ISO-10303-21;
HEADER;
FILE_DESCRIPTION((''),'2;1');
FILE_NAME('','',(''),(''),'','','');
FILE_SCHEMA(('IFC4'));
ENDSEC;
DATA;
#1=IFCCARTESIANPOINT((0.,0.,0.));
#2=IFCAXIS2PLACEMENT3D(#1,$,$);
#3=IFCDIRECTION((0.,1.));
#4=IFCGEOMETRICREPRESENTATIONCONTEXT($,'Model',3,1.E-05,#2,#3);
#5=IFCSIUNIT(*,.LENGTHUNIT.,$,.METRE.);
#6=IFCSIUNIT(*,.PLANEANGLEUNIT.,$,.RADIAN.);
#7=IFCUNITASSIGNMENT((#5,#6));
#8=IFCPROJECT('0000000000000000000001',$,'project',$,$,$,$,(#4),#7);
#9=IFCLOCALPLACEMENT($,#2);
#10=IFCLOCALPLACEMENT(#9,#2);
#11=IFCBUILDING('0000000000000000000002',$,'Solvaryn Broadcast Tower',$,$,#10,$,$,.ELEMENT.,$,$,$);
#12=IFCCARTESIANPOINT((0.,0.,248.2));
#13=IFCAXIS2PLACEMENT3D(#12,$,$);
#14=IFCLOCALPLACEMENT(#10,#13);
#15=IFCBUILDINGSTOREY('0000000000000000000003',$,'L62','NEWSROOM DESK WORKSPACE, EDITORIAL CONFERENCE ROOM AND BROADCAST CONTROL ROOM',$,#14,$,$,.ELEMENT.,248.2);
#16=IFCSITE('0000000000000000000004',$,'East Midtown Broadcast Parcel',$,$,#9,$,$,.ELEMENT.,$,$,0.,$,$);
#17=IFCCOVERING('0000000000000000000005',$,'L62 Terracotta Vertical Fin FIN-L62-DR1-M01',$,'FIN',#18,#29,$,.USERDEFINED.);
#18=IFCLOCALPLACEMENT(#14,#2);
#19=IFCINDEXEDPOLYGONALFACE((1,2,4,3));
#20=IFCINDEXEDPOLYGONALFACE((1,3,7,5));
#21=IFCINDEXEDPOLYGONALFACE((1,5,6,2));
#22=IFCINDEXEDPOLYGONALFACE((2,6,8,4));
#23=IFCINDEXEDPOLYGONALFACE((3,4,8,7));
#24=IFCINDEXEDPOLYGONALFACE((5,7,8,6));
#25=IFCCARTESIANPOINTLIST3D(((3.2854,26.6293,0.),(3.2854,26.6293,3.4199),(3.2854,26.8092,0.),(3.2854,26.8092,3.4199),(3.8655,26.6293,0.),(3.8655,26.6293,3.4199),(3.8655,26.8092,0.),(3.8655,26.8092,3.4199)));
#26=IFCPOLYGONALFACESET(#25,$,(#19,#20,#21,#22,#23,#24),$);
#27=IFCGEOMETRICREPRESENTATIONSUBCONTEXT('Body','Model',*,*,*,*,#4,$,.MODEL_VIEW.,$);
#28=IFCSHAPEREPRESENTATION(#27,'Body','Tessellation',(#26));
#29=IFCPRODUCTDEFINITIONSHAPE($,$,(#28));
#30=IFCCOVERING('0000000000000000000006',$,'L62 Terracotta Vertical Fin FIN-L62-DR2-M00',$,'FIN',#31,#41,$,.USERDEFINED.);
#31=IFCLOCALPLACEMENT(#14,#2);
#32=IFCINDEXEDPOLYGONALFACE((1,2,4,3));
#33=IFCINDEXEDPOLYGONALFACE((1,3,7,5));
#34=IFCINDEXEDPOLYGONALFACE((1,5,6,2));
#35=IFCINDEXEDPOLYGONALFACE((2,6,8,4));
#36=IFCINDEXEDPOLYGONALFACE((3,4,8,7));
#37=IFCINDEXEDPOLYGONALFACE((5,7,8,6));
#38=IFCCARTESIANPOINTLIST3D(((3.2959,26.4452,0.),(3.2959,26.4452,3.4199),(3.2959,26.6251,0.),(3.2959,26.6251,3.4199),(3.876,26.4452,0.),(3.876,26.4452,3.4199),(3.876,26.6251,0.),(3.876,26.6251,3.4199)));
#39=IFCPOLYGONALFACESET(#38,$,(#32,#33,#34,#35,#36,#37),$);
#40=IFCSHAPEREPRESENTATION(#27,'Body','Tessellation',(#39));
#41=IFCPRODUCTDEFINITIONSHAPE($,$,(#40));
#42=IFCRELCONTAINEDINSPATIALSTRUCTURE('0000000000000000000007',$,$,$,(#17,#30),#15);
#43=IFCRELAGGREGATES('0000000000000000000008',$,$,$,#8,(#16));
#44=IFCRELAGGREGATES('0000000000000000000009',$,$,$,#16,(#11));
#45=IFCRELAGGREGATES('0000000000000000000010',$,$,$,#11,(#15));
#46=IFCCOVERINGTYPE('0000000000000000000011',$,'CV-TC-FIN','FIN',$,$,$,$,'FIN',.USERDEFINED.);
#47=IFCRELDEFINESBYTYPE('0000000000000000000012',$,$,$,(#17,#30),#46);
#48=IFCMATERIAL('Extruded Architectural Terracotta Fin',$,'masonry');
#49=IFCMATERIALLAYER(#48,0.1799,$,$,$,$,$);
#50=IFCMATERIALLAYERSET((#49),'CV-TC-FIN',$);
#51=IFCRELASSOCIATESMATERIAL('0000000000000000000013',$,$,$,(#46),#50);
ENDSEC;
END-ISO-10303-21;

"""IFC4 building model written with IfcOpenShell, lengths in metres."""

from ifc_helpers import new_model, si_unit, direction, frame, origin, origin_2d, place, context, subcontext, project, spatial, rectangle, extrude, material, layer, layer_set, type_object, element, save


model = new_model("IFC4")

# Units and contexts
model_context = context("Model", 3, precision=1e-05, world=origin(), true_north=direction((0.0, 1.0)))
body_context = subcontext(model_context, "Body", "Model", "MODEL_VIEW")
ifc_project = project(units=[si_unit("LENGTHUNIT", "METRE"), si_unit("PLANEANGLEUNIT", "RADIAN")], contexts=[model_context])

# Site, building, storey
site_placement = place(None, origin())
site = spatial("IfcSite", under=ifc_project, at=site_placement, Name="East Midtown Broadcast Parcel", CompositionType="ELEMENT", RefElevation=0.0)
building_placement = place(site_placement, origin())
building = spatial("IfcBuilding", under=site, at=building_placement, Name="Solvaryn Broadcast Tower", CompositionType="ELEMENT")
storey_placement = place(building_placement, frame((0.0, 0.0, 248.2)))
storey = spatial("IfcBuildingStorey", under=building, at=storey_placement, Name="L62", Description="NEWSROOM DESK WORKSPACE, EDITORIAL CONFERENCE ROOM AND BROADCAST CONTROL ROOM", CompositionType="ELEMENT", Elevation=248.2)

# Coverings
ifc_material_1 = material(Name="Extruded Architectural Terracotta Fin", Category="masonry")
ifc_layer_1 = layer(ifc_material_1, 0.1799)
ifc_layer_set_1 = layer_set([ifc_layer_1], Name="CV-TC-FIN")
covering_type_1 = type_object("IfcCoveringType", Name="CV-TC-FIN", Description="FIN", ElementType="FIN", PredefinedType="USERDEFINED", material=ifc_layer_set_1)
for number, where, z_axis, x_axis, name in (
    (1, (3.5754, 26.7192, 0.0), (0.0, 0.0, 1.0), (1.0, 0.0, 0.0), "L62 Terracotta Vertical Fin FIN-L62-DR1-M01"),
    (2, (3.5859, 26.5352, 0.0), (0.0, 0.0, 1.0), (1.0, 0.0, 0.0), "L62 Terracotta Vertical Fin FIN-L62-DR2-M00"),
):
    element("IfcCovering", number, at=place(storey_placement, frame(where, z_axis=z_axis, x_axis=x_axis)), inside=storey, type_object=covering_type_1, Name=name, ObjectType="FIN", PredefinedType="USERDEFINED", context=body_context, shape_type="SweptSolid", body=[
        extrude(rectangle(XDim=0.5801, YDim=0.1799, at=origin_2d()), origin(), (0.0, 0.0, 1.0), 3.4199),
    ])

save(model, "model.ifc")
